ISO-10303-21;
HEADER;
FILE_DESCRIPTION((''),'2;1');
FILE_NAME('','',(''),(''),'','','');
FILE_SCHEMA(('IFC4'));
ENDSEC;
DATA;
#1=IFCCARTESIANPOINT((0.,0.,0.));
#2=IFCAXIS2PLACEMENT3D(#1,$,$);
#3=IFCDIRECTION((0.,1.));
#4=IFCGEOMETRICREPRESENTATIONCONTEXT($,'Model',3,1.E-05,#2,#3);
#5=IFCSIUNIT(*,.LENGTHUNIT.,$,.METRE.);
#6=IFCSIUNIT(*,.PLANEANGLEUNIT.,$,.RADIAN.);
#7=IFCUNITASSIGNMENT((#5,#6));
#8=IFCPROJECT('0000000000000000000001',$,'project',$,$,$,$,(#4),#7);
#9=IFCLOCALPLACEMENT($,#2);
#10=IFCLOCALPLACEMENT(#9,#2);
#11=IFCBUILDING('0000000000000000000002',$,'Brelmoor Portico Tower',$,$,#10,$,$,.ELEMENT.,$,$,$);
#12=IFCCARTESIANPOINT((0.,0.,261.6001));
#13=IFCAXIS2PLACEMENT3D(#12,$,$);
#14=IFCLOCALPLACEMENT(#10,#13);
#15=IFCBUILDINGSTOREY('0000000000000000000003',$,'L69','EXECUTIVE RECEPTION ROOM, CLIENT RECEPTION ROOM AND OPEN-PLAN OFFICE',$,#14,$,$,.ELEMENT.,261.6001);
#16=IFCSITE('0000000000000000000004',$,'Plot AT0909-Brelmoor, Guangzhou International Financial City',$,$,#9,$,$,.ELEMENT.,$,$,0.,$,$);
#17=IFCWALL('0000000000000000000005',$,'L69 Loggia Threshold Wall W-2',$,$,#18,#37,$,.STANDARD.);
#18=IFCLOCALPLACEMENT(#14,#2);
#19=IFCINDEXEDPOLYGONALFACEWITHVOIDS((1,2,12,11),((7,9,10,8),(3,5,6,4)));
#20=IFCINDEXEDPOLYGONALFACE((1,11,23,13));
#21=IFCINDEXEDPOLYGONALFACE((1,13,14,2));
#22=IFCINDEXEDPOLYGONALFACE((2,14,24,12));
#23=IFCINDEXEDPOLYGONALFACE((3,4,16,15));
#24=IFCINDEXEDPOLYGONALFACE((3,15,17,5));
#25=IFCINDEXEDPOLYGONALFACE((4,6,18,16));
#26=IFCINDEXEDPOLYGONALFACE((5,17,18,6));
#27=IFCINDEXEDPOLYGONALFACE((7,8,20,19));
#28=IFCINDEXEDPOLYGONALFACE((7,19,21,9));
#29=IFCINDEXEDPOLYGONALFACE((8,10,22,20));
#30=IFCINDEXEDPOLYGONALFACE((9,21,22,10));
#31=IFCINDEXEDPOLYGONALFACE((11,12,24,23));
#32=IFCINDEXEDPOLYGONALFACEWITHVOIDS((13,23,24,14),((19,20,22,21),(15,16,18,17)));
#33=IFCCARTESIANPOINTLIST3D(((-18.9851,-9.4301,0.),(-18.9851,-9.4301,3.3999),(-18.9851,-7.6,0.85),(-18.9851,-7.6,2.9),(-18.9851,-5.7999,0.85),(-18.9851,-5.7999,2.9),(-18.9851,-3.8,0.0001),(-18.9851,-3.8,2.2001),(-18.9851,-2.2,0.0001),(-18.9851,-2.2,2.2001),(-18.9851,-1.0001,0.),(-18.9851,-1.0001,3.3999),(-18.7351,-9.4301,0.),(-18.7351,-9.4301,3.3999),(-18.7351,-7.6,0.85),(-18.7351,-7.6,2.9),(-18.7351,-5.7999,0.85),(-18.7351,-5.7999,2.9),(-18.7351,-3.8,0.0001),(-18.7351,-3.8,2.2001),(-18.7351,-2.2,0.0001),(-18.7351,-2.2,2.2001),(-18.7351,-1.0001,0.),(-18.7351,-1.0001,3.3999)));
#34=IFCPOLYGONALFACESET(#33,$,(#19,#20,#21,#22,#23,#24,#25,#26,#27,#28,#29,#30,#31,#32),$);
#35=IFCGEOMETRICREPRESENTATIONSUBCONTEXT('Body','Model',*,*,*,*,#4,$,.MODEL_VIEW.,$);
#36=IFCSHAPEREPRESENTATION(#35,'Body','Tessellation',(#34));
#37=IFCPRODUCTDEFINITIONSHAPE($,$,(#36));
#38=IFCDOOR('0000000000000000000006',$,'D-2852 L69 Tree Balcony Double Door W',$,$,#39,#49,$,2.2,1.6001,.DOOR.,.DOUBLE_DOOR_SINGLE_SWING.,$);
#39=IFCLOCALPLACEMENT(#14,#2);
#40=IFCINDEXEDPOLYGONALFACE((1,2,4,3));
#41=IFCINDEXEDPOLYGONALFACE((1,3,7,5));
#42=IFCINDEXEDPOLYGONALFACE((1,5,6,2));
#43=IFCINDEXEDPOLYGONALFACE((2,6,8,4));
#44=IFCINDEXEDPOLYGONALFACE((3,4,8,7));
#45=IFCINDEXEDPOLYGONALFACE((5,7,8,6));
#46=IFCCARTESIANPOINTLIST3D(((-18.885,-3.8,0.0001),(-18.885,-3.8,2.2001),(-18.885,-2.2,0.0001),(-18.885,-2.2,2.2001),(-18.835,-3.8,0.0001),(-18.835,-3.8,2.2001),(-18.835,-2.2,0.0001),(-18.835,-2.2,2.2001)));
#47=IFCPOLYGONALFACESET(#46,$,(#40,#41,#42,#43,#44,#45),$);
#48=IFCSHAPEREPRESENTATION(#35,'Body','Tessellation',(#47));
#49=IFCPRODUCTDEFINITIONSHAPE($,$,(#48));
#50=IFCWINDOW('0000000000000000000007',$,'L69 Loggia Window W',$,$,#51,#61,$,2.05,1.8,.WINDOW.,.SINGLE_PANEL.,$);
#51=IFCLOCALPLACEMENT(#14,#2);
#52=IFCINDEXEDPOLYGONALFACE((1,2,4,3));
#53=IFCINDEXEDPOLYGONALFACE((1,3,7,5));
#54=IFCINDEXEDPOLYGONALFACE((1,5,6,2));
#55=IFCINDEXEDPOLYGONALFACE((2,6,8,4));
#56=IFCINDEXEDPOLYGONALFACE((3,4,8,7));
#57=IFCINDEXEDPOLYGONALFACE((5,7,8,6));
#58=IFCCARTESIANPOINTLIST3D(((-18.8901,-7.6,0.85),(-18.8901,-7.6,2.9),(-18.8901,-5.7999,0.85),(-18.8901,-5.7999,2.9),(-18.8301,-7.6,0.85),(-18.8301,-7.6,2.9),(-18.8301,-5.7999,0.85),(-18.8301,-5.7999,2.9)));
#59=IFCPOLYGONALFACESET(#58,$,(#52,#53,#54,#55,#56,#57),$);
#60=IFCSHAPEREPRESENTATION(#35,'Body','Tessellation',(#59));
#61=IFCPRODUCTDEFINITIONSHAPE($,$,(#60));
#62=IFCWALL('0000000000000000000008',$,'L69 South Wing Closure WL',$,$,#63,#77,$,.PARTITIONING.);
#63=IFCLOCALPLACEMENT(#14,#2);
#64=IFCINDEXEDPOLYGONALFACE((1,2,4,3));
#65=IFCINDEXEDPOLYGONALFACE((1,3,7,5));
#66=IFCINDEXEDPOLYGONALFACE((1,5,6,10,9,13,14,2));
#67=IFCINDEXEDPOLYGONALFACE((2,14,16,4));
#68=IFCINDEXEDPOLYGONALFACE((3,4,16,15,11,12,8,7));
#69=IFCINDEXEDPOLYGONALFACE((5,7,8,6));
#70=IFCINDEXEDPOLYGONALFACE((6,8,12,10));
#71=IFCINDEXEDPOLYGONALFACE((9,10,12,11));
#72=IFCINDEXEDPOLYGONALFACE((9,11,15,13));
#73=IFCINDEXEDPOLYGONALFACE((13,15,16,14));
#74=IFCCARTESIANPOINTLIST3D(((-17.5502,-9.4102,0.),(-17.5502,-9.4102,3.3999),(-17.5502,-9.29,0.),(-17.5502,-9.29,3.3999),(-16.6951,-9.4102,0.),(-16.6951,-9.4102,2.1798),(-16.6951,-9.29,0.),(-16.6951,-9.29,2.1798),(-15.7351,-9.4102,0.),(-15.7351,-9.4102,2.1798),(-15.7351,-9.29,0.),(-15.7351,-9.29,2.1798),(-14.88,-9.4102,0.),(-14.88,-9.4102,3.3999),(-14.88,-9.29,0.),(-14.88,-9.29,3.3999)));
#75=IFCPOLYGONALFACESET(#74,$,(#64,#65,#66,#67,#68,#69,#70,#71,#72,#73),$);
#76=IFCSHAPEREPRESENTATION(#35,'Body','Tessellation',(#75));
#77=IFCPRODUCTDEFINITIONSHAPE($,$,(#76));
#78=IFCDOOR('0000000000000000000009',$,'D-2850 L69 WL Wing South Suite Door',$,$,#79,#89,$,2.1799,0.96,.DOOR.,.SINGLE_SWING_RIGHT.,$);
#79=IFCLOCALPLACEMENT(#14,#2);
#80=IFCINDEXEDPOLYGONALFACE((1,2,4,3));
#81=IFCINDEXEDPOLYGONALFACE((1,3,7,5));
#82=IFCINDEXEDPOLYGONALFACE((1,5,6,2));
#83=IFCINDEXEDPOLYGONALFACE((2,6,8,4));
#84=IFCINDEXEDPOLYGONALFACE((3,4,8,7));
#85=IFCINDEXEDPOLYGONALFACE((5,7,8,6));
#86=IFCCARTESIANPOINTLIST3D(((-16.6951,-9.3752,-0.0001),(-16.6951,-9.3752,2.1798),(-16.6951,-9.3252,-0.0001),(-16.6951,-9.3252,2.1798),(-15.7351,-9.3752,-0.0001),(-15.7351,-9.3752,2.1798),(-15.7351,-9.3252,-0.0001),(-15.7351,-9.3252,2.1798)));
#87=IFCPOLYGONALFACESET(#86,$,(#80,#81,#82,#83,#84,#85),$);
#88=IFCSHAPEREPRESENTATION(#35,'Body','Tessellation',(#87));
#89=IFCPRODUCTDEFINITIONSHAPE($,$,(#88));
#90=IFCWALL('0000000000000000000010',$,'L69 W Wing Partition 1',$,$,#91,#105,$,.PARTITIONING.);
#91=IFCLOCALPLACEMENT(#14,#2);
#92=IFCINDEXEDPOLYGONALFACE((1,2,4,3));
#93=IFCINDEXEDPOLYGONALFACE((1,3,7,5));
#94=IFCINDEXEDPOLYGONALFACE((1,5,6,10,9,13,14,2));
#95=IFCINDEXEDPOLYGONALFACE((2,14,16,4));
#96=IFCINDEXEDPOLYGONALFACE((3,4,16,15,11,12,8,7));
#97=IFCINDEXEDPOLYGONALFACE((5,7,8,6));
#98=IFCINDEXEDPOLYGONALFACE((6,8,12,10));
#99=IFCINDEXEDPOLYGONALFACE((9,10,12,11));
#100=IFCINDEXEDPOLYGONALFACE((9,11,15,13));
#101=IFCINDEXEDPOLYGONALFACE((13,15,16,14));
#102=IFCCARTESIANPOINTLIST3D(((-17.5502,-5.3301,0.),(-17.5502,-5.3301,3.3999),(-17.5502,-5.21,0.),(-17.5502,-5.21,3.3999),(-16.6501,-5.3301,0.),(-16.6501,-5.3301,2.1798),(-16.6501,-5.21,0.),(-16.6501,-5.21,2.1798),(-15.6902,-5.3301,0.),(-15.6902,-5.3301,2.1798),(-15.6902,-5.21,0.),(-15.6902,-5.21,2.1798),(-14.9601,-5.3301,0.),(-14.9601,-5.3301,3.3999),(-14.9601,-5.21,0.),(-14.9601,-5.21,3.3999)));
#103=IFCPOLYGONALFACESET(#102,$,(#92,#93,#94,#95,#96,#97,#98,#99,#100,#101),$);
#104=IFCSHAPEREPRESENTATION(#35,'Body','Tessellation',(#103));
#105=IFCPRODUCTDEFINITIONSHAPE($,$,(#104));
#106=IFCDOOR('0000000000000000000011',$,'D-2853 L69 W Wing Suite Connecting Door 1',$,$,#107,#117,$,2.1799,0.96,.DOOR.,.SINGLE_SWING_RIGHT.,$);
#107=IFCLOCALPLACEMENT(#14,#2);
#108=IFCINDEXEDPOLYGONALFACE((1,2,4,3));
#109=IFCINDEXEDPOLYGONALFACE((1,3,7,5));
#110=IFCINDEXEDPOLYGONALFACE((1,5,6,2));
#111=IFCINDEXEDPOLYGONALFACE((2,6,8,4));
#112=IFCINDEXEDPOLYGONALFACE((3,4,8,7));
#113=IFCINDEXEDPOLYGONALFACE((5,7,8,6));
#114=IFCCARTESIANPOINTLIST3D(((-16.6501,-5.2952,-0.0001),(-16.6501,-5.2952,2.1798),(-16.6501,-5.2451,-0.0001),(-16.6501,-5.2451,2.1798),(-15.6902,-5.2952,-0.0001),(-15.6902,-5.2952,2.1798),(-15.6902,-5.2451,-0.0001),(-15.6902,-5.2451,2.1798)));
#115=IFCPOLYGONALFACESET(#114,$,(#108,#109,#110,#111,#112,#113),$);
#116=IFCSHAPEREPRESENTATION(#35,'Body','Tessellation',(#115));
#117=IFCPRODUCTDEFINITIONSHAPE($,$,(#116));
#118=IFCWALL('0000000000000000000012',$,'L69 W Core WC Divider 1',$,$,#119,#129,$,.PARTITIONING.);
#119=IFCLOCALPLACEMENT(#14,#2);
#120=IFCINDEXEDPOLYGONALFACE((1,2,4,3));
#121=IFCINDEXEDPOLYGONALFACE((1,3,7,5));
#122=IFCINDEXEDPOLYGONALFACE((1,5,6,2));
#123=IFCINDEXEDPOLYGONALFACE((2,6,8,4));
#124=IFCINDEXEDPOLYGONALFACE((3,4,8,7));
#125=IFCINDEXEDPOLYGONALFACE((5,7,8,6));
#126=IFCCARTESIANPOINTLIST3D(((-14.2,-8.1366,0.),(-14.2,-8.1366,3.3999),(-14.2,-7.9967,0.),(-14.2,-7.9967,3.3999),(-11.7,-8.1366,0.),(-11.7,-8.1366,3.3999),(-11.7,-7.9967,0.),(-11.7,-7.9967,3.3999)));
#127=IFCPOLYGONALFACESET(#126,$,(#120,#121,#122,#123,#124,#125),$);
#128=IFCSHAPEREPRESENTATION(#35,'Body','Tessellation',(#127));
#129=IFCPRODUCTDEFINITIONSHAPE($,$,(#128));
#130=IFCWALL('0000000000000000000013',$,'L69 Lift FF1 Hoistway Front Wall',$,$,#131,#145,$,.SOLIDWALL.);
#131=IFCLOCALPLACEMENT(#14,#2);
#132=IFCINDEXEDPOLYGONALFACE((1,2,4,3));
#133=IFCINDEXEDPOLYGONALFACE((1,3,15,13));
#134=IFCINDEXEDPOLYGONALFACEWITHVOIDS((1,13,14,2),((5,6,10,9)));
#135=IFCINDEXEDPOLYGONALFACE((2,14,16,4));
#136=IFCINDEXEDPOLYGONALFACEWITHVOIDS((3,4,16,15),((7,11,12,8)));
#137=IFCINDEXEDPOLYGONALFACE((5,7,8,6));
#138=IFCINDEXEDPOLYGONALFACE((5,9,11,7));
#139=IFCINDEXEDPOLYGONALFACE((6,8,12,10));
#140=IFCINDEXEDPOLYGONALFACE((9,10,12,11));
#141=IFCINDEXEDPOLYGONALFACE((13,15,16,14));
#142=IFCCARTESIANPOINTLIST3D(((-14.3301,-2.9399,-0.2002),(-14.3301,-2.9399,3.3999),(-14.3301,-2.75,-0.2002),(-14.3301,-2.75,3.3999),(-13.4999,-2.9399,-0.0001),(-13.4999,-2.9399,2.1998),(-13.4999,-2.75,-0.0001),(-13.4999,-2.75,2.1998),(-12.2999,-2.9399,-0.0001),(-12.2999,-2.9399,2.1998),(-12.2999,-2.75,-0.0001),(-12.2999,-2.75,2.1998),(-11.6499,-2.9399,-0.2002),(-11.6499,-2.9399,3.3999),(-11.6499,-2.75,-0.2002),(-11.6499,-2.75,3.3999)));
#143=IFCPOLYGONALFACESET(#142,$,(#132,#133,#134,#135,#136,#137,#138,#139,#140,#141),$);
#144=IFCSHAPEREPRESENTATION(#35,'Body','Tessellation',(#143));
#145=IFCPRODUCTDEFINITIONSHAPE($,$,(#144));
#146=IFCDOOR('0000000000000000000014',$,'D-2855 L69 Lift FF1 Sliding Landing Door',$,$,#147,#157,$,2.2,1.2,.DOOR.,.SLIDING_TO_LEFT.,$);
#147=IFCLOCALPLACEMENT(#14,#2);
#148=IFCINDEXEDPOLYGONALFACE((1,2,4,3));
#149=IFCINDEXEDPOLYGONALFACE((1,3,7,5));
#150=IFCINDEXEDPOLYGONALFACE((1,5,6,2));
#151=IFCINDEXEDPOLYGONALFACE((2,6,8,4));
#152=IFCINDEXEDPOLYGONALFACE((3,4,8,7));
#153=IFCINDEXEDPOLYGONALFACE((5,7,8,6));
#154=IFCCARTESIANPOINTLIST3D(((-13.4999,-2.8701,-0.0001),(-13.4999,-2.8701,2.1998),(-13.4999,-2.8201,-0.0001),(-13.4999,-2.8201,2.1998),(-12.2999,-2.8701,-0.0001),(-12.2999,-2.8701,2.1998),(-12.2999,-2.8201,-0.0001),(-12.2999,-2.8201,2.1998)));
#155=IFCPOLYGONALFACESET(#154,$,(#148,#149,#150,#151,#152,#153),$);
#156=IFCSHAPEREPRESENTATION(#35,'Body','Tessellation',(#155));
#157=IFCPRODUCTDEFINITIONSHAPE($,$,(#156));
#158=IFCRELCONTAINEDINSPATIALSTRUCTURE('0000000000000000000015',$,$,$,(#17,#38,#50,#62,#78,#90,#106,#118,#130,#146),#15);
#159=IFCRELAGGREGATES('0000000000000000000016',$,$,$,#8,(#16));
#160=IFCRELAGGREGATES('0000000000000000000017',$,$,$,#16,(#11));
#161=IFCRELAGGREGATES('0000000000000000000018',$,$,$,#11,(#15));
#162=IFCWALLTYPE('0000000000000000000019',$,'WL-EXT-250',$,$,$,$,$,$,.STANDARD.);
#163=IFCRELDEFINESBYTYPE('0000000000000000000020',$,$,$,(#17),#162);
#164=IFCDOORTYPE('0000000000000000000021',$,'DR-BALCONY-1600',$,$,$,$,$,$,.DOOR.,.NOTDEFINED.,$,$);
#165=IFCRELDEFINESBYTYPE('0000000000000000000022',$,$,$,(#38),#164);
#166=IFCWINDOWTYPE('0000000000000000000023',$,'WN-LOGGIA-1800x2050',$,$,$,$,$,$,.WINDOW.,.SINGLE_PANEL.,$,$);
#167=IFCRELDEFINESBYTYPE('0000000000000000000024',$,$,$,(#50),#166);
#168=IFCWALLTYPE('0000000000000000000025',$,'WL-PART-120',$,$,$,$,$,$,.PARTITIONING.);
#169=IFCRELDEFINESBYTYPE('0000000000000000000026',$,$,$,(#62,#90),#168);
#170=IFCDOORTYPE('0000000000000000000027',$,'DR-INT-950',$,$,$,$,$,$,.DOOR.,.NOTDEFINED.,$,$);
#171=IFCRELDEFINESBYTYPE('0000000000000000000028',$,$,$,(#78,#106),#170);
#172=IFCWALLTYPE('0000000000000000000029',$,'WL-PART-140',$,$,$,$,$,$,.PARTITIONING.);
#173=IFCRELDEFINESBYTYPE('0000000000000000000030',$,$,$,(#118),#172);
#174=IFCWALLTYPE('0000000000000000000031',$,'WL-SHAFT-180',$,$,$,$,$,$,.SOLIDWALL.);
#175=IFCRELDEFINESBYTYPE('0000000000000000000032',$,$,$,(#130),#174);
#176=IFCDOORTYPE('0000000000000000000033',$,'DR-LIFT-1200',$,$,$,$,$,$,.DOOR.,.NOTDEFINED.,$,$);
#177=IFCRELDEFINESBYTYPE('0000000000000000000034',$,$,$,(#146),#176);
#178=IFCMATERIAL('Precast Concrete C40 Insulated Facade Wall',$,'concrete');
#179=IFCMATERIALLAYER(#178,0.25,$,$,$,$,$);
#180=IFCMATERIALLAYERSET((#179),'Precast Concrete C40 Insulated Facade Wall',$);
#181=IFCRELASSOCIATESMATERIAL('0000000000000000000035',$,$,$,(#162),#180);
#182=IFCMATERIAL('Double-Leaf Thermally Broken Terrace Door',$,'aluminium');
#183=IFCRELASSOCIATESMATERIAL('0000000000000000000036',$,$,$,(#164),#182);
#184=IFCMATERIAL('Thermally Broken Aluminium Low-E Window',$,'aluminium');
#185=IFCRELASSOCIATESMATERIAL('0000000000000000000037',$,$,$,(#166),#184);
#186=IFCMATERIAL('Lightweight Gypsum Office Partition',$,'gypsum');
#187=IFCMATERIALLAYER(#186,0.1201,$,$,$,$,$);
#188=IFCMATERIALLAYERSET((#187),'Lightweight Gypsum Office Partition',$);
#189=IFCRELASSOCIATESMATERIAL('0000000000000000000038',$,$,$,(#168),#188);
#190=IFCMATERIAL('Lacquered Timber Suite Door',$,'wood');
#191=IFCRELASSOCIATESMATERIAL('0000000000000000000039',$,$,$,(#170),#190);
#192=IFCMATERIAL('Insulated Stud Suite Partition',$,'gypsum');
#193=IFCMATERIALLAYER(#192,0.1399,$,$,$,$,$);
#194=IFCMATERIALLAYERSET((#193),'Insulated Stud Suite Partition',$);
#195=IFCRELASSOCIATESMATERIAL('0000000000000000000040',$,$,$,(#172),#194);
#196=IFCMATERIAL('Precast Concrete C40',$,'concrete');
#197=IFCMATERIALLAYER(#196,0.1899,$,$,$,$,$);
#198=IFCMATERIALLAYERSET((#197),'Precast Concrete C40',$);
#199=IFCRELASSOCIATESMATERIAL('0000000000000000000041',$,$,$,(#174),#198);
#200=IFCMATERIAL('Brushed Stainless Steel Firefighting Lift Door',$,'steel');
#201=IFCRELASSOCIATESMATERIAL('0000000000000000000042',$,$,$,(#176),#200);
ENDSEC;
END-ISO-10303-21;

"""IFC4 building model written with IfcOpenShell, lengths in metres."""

from ifc_helpers import new_model, si_unit, direction, frame, frame_2d, origin, place, context, subcontext, project, spatial, rectangle, extrude, material, layer, layer_set, type_object, element, fill, save


model = new_model("IFC4")

# Units and contexts
model_context = context("Model", 3, precision=1e-05, world=origin(), true_north=direction((0.0, 1.0)))
body_context = subcontext(model_context, "Body", "Model", "MODEL_VIEW")
ifc_project = project(units=[si_unit("LENGTHUNIT", "METRE"), si_unit("PLANEANGLEUNIT", "RADIAN")], contexts=[model_context])

# Site, building, storey
site_placement = place(None, origin())
site = spatial("IfcSite", under=ifc_project, at=site_placement, Name="Plot AT0909-Brelmoor, Guangzhou International Financial City", CompositionType="ELEMENT", RefElevation=0.0)
building_placement = place(site_placement, origin())
building = spatial("IfcBuilding", under=site, at=building_placement, Name="Brelmoor Portico Tower", CompositionType="ELEMENT")
storey_placement = place(building_placement, frame((0.0, 0.0, 261.6001)))
storey = spatial("IfcBuildingStorey", under=building, at=storey_placement, Name="L69", Description="EXECUTIVE RECEPTION ROOM, CLIENT RECEPTION ROOM AND OPEN-PLAN OFFICE", CompositionType="ELEMENT", Elevation=261.6001)

# Wall, openings, door, window
ifc_material_1 = material(Name="Precast Concrete C40 Insulated Facade Wall", Category="concrete")
ifc_layer_1 = layer(ifc_material_1, 0.25)
ifc_layer_set_1 = layer_set([ifc_layer_1], Name="Precast Concrete C40 Insulated Facade Wall")
wall_type_1 = type_object("IfcWallType", Name="WL-EXT-250", PredefinedType="STANDARD", material=ifc_layer_set_1)
wall_1_placement = place(storey_placement, frame((-18.8601, -9.4299, 0.0), z_axis=(0.0, 0.0, 1.0), x_axis=(0.0, 1.0, 0.0)))
wall_1 = element("IfcWall", 1, at=wall_1_placement, inside=storey, type_object=wall_type_1, Name="L69 Loggia Threshold Wall W-2", PredefinedType="STANDARD", context=body_context, shape_type="SweptSolid", body=[
    extrude(rectangle(XDim=8.4299, YDim=0.25, at=frame_2d((4.2148, 0.0))), origin(), (0.0, 0.0, 1.0), 3.3999),
])
opening_1_placement = place(wall_1_placement, frame((5.6299, 0.0, 0.0)))
opening_1 = element("IfcOpeningElement", 2, at=opening_1_placement, cuts=wall_1, PredefinedType="OPENING", context=body_context, shape_type="SweptSolid", body=[
    extrude(rectangle(XDim=1.6001, YDim=2.2, at=frame_2d((0.8, 1.1001))), frame((0.0, 0.135, 0.0), z_axis=(0.0, -1.0, 0.0), x_axis=(1.0, 0.0, 0.0)), (0.0, 0.0, 1.0), 0.27),
])
opening_2_placement = place(wall_1_placement, frame((1.8301, 0.0, 0.8501)))
opening_2 = element("IfcOpeningElement", 3, at=opening_2_placement, cuts=wall_1, PredefinedType="OPENING", context=body_context, shape_type="SweptSolid", body=[
    extrude(rectangle(XDim=1.8, YDim=2.05, at=frame_2d((0.8999, 1.0249))), frame((0.0, 0.135, 0.0), z_axis=(0.0, -1.0, 0.0), x_axis=(1.0, 0.0, 0.0)), (0.0, 0.0, 1.0), 0.27),
])
ifc_material_2 = material(Name="Double-Leaf Thermally Broken Terrace Door", Category="aluminium")
door_type_1 = type_object("IfcDoorType", Name="DR-BALCONY-1600", OperationType="NOTDEFINED", PredefinedType="DOOR", material=ifc_material_2)
door_1_placement = place(opening_1_placement, origin())
door_1 = element("IfcDoor", 4, at=door_1_placement, inside=storey, type_object=door_type_1, Name="D-2852 L69 Tree Balcony Double Door W", OperationType="DOUBLE_DOOR_SINGLE_SWING", OverallHeight=2.2, OverallWidth=1.6001, PredefinedType="DOOR", context=body_context, shape_type="SweptSolid", body=[
    extrude(rectangle(XDim=1.6001, YDim=2.2, at=frame_2d((0.8, 1.1001))), frame((0.0, 0.0249, 0.0), z_axis=(0.0, -1.0, 0.0), x_axis=(1.0, 0.0, 0.0)), (0.0, 0.0, 1.0), 0.05),
])
fill(opening_1, door_1)
ifc_material_3 = material(Name="Thermally Broken Aluminium Low-E Window", Category="aluminium")
window_type = type_object("IfcWindowType", Name="WN-LOGGIA-1800x2050", PartitioningType="SINGLE_PANEL", PredefinedType="WINDOW", material=ifc_material_3)
window_placement = place(opening_2_placement, origin())
window = element("IfcWindow", 5, at=window_placement, inside=storey, type_object=window_type, Name="L69 Loggia Window W", OverallHeight=2.05, OverallWidth=1.8, PartitioningType="SINGLE_PANEL", PredefinedType="WINDOW", context=body_context, shape_type="SweptSolid", body=[
    extrude(rectangle(XDim=1.8, YDim=2.05, at=frame_2d((0.8999, 1.0249))), frame((0.0, 0.03, 0.0), z_axis=(0.0, -1.0, 0.0), x_axis=(1.0, 0.0, 0.0)), (0.0, 0.0, 1.0), 0.0601),
])
fill(opening_2, window)

# Walls, openings, doors
ifc_material_4 = material(Name="Lightweight Gypsum Office Partition", Category="gypsum")
ifc_layer_2 = layer(ifc_material_4, 0.1201)
ifc_layer_set_2 = layer_set([ifc_layer_2], Name="Lightweight Gypsum Office Partition")
wall_type_2 = type_object("IfcWallType", Name="WL-PART-120", PredefinedType="PARTITIONING", material=ifc_layer_set_2)
wall_2_placement = place(storey_placement, frame((-17.55, -9.3501, 0.0), z_axis=(0.0, 0.0, 1.0), x_axis=(1.0, 0.0, 0.0)))
wall_2 = element("IfcWall", 6, at=wall_2_placement, inside=storey, type_object=wall_type_2, Name="L69 South Wing Closure WL", PredefinedType="PARTITIONING", context=body_context, shape_type="SweptSolid", body=[
    extrude(rectangle(XDim=2.6702, YDim=0.1201, at=frame_2d((1.335, 0.0))), origin(), (0.0, 0.0, 1.0), 3.3999),
])
opening_3_placement = place(wall_2_placement, frame((0.855, 0.0, 0.0)))
opening_3 = element("IfcOpeningElement", 7, at=opening_3_placement, cuts=wall_2, PredefinedType="OPENING", context=body_context, shape_type="SweptSolid", body=[
    extrude(rectangle(XDim=0.96, YDim=2.1799, at=frame_2d((0.48, 1.0898))), frame((0.0, 0.0701, 0.0), z_axis=(0.0, -1.0, 0.0), x_axis=(1.0, 0.0, 0.0)), (0.0, 0.0, 1.0), 0.1401),
])
ifc_material_5 = material(Name="Lacquered Timber Suite Door", Category="wood")
door_type_2 = type_object("IfcDoorType", Name="DR-INT-950", OperationType="NOTDEFINED", PredefinedType="DOOR", material=ifc_material_5)
door_2_placement = place(opening_3_placement, origin())
door_2 = element("IfcDoor", 8, at=door_2_placement, inside=storey, type_object=door_type_2, Name="D-2850 L69 WL Wing South Suite Door", OperationType="SINGLE_SWING_RIGHT", OverallHeight=2.1799, OverallWidth=0.96, PredefinedType="DOOR", context=body_context, shape_type="SweptSolid", body=[
    extrude(rectangle(XDim=0.96, YDim=2.1799, at=frame_2d((0.48, 1.0898))), frame((0.0, 0.0249, 0.0), z_axis=(0.0, -1.0, 0.0), x_axis=(1.0, 0.0, 0.0)), (0.0, 0.0, 1.0), 0.05),
])
fill(opening_3, door_2)
wall_3_placement = place(storey_placement, frame((-17.55, -5.27, 0.0), z_axis=(0.0, 0.0, 1.0), x_axis=(1.0, 0.0, 0.0)))
wall_3 = element("IfcWall", 9, at=wall_3_placement, inside=storey, type_object=wall_type_2, Name="L69 W Wing Partition 1", PredefinedType="PARTITIONING", context=body_context, shape_type="SweptSolid", body=[
    extrude(rectangle(XDim=2.5901, YDim=0.1201, at=frame_2d((1.2949, 0.0))), origin(), (0.0, 0.0, 1.0), 3.3999),
])
opening_4_placement = place(wall_3_placement, frame((0.8999, 0.0, 0.0)))
opening_4 = element("IfcOpeningElement", 10, at=opening_4_placement, cuts=wall_3, PredefinedType="OPENING", context=body_context, shape_type="SweptSolid", body=[
    extrude(rectangle(XDim=0.96, YDim=2.1799, at=frame_2d((0.48, 1.0898))), frame((0.0, 0.0701, 0.0), z_axis=(0.0, -1.0, 0.0), x_axis=(1.0, 0.0, 0.0)), (0.0, 0.0, 1.0), 0.1401),
])
door_3_placement = place(opening_4_placement, origin())
door_3 = element("IfcDoor", 11, at=door_3_placement, inside=storey, type_object=door_type_2, Name="D-2853 L69 W Wing Suite Connecting Door 1", OperationType="SINGLE_SWING_RIGHT", OverallHeight=2.1799, OverallWidth=0.96, PredefinedType="DOOR", context=body_context, shape_type="SweptSolid", body=[
    extrude(rectangle(XDim=0.96, YDim=2.1799, at=frame_2d((0.48, 1.0898))), frame((0.0, 0.0249, 0.0), z_axis=(0.0, -1.0, 0.0), x_axis=(1.0, 0.0, 0.0)), (0.0, 0.0, 1.0), 0.05),
])
fill(opening_4, door_3)

# Wall
ifc_material_6 = material(Name="Insulated Stud Suite Partition", Category="gypsum")
ifc_layer_3 = layer(ifc_material_6, 0.1399)
ifc_layer_set_3 = layer_set([ifc_layer_3], Name="Insulated Stud Suite Partition")
wall_type_3 = type_object("IfcWallType", Name="WL-PART-140", PredefinedType="PARTITIONING", material=ifc_layer_set_3)
wall_4_placement = place(storey_placement, frame((-11.7, -8.0667, 0.0), z_axis=(0.0, 0.0, 1.0), x_axis=(-1.0, 0.0, 0.0)))
element("IfcWall", 12, at=wall_4_placement, inside=storey, type_object=wall_type_3, Name="L69 W Core WC Divider 1", PredefinedType="PARTITIONING", context=body_context, shape_type="SweptSolid", body=[
    extrude(rectangle(XDim=2.5, YDim=0.1399, at=frame_2d((1.25, 0.0))), origin(), (0.0, 0.0, 1.0), 3.3999),
])

# Wall, opening, door
ifc_material_7 = material(Name="Precast Concrete C40", Category="concrete")
ifc_layer_4 = layer(ifc_material_7, 0.1899)
ifc_layer_set_4 = layer_set([ifc_layer_4], Name="Precast Concrete C40")
wall_type_4 = type_object("IfcWallType", Name="WL-SHAFT-180", PredefinedType="SOLIDWALL", material=ifc_layer_set_4)
wall_5_placement = place(storey_placement, frame((-14.3301, -2.845, -0.2002), z_axis=(0.0, 0.0, 1.0), x_axis=(1.0, 0.0, 0.0)))
wall_5 = element("IfcWall", 13, at=wall_5_placement, inside=storey, type_object=wall_type_4, Name="L69 Lift FF1 Hoistway Front Wall", PredefinedType="SOLIDWALL", context=body_context, shape_type="SweptSolid", body=[
    extrude(rectangle(XDim=2.6802, YDim=0.1899, at=frame_2d((1.3401, 0.0))), origin(), (0.0, 0.0, 1.0), 3.6001),
])
opening_5_placement = place(wall_5_placement, frame((0.8301, 0.0, 0.2)))
opening_5 = element("IfcOpeningElement", 14, at=opening_5_placement, cuts=wall_5, PredefinedType="OPENING", context=body_context, shape_type="SweptSolid", body=[
    extrude(rectangle(XDim=1.2, YDim=2.2, at=frame_2d((0.6001, 1.1001))), frame((0.0, 0.105, 0.0), z_axis=(0.0, -1.0, 0.0), x_axis=(1.0, 0.0, 0.0)), (0.0, 0.0, 1.0), 0.21),
])
ifc_material_8 = material(Name="Brushed Stainless Steel Firefighting Lift Door", Category="steel")
door_type_3 = type_object("IfcDoorType", Name="DR-LIFT-1200", OperationType="NOTDEFINED", PredefinedType="DOOR", material=ifc_material_8)
door_4_placement = place(opening_5_placement, origin())
door_4 = element("IfcDoor", 15, at=door_4_placement, inside=storey, type_object=door_type_3, Name="D-2855 L69 Lift FF1 Sliding Landing Door", OperationType="SLIDING_TO_LEFT", OverallHeight=2.2, OverallWidth=1.2, PredefinedType="DOOR", context=body_context, shape_type="SweptSolid", body=[
    extrude(rectangle(XDim=1.2, YDim=2.2, at=frame_2d((0.6001, 1.1001))), frame((0.0, 0.0249, 0.0), z_axis=(0.0, -1.0, 0.0), x_axis=(1.0, 0.0, 0.0)), (0.0, 0.0, 1.0), 0.05),
])
fill(opening_5, door_4)

save(model, "model.ifc")
